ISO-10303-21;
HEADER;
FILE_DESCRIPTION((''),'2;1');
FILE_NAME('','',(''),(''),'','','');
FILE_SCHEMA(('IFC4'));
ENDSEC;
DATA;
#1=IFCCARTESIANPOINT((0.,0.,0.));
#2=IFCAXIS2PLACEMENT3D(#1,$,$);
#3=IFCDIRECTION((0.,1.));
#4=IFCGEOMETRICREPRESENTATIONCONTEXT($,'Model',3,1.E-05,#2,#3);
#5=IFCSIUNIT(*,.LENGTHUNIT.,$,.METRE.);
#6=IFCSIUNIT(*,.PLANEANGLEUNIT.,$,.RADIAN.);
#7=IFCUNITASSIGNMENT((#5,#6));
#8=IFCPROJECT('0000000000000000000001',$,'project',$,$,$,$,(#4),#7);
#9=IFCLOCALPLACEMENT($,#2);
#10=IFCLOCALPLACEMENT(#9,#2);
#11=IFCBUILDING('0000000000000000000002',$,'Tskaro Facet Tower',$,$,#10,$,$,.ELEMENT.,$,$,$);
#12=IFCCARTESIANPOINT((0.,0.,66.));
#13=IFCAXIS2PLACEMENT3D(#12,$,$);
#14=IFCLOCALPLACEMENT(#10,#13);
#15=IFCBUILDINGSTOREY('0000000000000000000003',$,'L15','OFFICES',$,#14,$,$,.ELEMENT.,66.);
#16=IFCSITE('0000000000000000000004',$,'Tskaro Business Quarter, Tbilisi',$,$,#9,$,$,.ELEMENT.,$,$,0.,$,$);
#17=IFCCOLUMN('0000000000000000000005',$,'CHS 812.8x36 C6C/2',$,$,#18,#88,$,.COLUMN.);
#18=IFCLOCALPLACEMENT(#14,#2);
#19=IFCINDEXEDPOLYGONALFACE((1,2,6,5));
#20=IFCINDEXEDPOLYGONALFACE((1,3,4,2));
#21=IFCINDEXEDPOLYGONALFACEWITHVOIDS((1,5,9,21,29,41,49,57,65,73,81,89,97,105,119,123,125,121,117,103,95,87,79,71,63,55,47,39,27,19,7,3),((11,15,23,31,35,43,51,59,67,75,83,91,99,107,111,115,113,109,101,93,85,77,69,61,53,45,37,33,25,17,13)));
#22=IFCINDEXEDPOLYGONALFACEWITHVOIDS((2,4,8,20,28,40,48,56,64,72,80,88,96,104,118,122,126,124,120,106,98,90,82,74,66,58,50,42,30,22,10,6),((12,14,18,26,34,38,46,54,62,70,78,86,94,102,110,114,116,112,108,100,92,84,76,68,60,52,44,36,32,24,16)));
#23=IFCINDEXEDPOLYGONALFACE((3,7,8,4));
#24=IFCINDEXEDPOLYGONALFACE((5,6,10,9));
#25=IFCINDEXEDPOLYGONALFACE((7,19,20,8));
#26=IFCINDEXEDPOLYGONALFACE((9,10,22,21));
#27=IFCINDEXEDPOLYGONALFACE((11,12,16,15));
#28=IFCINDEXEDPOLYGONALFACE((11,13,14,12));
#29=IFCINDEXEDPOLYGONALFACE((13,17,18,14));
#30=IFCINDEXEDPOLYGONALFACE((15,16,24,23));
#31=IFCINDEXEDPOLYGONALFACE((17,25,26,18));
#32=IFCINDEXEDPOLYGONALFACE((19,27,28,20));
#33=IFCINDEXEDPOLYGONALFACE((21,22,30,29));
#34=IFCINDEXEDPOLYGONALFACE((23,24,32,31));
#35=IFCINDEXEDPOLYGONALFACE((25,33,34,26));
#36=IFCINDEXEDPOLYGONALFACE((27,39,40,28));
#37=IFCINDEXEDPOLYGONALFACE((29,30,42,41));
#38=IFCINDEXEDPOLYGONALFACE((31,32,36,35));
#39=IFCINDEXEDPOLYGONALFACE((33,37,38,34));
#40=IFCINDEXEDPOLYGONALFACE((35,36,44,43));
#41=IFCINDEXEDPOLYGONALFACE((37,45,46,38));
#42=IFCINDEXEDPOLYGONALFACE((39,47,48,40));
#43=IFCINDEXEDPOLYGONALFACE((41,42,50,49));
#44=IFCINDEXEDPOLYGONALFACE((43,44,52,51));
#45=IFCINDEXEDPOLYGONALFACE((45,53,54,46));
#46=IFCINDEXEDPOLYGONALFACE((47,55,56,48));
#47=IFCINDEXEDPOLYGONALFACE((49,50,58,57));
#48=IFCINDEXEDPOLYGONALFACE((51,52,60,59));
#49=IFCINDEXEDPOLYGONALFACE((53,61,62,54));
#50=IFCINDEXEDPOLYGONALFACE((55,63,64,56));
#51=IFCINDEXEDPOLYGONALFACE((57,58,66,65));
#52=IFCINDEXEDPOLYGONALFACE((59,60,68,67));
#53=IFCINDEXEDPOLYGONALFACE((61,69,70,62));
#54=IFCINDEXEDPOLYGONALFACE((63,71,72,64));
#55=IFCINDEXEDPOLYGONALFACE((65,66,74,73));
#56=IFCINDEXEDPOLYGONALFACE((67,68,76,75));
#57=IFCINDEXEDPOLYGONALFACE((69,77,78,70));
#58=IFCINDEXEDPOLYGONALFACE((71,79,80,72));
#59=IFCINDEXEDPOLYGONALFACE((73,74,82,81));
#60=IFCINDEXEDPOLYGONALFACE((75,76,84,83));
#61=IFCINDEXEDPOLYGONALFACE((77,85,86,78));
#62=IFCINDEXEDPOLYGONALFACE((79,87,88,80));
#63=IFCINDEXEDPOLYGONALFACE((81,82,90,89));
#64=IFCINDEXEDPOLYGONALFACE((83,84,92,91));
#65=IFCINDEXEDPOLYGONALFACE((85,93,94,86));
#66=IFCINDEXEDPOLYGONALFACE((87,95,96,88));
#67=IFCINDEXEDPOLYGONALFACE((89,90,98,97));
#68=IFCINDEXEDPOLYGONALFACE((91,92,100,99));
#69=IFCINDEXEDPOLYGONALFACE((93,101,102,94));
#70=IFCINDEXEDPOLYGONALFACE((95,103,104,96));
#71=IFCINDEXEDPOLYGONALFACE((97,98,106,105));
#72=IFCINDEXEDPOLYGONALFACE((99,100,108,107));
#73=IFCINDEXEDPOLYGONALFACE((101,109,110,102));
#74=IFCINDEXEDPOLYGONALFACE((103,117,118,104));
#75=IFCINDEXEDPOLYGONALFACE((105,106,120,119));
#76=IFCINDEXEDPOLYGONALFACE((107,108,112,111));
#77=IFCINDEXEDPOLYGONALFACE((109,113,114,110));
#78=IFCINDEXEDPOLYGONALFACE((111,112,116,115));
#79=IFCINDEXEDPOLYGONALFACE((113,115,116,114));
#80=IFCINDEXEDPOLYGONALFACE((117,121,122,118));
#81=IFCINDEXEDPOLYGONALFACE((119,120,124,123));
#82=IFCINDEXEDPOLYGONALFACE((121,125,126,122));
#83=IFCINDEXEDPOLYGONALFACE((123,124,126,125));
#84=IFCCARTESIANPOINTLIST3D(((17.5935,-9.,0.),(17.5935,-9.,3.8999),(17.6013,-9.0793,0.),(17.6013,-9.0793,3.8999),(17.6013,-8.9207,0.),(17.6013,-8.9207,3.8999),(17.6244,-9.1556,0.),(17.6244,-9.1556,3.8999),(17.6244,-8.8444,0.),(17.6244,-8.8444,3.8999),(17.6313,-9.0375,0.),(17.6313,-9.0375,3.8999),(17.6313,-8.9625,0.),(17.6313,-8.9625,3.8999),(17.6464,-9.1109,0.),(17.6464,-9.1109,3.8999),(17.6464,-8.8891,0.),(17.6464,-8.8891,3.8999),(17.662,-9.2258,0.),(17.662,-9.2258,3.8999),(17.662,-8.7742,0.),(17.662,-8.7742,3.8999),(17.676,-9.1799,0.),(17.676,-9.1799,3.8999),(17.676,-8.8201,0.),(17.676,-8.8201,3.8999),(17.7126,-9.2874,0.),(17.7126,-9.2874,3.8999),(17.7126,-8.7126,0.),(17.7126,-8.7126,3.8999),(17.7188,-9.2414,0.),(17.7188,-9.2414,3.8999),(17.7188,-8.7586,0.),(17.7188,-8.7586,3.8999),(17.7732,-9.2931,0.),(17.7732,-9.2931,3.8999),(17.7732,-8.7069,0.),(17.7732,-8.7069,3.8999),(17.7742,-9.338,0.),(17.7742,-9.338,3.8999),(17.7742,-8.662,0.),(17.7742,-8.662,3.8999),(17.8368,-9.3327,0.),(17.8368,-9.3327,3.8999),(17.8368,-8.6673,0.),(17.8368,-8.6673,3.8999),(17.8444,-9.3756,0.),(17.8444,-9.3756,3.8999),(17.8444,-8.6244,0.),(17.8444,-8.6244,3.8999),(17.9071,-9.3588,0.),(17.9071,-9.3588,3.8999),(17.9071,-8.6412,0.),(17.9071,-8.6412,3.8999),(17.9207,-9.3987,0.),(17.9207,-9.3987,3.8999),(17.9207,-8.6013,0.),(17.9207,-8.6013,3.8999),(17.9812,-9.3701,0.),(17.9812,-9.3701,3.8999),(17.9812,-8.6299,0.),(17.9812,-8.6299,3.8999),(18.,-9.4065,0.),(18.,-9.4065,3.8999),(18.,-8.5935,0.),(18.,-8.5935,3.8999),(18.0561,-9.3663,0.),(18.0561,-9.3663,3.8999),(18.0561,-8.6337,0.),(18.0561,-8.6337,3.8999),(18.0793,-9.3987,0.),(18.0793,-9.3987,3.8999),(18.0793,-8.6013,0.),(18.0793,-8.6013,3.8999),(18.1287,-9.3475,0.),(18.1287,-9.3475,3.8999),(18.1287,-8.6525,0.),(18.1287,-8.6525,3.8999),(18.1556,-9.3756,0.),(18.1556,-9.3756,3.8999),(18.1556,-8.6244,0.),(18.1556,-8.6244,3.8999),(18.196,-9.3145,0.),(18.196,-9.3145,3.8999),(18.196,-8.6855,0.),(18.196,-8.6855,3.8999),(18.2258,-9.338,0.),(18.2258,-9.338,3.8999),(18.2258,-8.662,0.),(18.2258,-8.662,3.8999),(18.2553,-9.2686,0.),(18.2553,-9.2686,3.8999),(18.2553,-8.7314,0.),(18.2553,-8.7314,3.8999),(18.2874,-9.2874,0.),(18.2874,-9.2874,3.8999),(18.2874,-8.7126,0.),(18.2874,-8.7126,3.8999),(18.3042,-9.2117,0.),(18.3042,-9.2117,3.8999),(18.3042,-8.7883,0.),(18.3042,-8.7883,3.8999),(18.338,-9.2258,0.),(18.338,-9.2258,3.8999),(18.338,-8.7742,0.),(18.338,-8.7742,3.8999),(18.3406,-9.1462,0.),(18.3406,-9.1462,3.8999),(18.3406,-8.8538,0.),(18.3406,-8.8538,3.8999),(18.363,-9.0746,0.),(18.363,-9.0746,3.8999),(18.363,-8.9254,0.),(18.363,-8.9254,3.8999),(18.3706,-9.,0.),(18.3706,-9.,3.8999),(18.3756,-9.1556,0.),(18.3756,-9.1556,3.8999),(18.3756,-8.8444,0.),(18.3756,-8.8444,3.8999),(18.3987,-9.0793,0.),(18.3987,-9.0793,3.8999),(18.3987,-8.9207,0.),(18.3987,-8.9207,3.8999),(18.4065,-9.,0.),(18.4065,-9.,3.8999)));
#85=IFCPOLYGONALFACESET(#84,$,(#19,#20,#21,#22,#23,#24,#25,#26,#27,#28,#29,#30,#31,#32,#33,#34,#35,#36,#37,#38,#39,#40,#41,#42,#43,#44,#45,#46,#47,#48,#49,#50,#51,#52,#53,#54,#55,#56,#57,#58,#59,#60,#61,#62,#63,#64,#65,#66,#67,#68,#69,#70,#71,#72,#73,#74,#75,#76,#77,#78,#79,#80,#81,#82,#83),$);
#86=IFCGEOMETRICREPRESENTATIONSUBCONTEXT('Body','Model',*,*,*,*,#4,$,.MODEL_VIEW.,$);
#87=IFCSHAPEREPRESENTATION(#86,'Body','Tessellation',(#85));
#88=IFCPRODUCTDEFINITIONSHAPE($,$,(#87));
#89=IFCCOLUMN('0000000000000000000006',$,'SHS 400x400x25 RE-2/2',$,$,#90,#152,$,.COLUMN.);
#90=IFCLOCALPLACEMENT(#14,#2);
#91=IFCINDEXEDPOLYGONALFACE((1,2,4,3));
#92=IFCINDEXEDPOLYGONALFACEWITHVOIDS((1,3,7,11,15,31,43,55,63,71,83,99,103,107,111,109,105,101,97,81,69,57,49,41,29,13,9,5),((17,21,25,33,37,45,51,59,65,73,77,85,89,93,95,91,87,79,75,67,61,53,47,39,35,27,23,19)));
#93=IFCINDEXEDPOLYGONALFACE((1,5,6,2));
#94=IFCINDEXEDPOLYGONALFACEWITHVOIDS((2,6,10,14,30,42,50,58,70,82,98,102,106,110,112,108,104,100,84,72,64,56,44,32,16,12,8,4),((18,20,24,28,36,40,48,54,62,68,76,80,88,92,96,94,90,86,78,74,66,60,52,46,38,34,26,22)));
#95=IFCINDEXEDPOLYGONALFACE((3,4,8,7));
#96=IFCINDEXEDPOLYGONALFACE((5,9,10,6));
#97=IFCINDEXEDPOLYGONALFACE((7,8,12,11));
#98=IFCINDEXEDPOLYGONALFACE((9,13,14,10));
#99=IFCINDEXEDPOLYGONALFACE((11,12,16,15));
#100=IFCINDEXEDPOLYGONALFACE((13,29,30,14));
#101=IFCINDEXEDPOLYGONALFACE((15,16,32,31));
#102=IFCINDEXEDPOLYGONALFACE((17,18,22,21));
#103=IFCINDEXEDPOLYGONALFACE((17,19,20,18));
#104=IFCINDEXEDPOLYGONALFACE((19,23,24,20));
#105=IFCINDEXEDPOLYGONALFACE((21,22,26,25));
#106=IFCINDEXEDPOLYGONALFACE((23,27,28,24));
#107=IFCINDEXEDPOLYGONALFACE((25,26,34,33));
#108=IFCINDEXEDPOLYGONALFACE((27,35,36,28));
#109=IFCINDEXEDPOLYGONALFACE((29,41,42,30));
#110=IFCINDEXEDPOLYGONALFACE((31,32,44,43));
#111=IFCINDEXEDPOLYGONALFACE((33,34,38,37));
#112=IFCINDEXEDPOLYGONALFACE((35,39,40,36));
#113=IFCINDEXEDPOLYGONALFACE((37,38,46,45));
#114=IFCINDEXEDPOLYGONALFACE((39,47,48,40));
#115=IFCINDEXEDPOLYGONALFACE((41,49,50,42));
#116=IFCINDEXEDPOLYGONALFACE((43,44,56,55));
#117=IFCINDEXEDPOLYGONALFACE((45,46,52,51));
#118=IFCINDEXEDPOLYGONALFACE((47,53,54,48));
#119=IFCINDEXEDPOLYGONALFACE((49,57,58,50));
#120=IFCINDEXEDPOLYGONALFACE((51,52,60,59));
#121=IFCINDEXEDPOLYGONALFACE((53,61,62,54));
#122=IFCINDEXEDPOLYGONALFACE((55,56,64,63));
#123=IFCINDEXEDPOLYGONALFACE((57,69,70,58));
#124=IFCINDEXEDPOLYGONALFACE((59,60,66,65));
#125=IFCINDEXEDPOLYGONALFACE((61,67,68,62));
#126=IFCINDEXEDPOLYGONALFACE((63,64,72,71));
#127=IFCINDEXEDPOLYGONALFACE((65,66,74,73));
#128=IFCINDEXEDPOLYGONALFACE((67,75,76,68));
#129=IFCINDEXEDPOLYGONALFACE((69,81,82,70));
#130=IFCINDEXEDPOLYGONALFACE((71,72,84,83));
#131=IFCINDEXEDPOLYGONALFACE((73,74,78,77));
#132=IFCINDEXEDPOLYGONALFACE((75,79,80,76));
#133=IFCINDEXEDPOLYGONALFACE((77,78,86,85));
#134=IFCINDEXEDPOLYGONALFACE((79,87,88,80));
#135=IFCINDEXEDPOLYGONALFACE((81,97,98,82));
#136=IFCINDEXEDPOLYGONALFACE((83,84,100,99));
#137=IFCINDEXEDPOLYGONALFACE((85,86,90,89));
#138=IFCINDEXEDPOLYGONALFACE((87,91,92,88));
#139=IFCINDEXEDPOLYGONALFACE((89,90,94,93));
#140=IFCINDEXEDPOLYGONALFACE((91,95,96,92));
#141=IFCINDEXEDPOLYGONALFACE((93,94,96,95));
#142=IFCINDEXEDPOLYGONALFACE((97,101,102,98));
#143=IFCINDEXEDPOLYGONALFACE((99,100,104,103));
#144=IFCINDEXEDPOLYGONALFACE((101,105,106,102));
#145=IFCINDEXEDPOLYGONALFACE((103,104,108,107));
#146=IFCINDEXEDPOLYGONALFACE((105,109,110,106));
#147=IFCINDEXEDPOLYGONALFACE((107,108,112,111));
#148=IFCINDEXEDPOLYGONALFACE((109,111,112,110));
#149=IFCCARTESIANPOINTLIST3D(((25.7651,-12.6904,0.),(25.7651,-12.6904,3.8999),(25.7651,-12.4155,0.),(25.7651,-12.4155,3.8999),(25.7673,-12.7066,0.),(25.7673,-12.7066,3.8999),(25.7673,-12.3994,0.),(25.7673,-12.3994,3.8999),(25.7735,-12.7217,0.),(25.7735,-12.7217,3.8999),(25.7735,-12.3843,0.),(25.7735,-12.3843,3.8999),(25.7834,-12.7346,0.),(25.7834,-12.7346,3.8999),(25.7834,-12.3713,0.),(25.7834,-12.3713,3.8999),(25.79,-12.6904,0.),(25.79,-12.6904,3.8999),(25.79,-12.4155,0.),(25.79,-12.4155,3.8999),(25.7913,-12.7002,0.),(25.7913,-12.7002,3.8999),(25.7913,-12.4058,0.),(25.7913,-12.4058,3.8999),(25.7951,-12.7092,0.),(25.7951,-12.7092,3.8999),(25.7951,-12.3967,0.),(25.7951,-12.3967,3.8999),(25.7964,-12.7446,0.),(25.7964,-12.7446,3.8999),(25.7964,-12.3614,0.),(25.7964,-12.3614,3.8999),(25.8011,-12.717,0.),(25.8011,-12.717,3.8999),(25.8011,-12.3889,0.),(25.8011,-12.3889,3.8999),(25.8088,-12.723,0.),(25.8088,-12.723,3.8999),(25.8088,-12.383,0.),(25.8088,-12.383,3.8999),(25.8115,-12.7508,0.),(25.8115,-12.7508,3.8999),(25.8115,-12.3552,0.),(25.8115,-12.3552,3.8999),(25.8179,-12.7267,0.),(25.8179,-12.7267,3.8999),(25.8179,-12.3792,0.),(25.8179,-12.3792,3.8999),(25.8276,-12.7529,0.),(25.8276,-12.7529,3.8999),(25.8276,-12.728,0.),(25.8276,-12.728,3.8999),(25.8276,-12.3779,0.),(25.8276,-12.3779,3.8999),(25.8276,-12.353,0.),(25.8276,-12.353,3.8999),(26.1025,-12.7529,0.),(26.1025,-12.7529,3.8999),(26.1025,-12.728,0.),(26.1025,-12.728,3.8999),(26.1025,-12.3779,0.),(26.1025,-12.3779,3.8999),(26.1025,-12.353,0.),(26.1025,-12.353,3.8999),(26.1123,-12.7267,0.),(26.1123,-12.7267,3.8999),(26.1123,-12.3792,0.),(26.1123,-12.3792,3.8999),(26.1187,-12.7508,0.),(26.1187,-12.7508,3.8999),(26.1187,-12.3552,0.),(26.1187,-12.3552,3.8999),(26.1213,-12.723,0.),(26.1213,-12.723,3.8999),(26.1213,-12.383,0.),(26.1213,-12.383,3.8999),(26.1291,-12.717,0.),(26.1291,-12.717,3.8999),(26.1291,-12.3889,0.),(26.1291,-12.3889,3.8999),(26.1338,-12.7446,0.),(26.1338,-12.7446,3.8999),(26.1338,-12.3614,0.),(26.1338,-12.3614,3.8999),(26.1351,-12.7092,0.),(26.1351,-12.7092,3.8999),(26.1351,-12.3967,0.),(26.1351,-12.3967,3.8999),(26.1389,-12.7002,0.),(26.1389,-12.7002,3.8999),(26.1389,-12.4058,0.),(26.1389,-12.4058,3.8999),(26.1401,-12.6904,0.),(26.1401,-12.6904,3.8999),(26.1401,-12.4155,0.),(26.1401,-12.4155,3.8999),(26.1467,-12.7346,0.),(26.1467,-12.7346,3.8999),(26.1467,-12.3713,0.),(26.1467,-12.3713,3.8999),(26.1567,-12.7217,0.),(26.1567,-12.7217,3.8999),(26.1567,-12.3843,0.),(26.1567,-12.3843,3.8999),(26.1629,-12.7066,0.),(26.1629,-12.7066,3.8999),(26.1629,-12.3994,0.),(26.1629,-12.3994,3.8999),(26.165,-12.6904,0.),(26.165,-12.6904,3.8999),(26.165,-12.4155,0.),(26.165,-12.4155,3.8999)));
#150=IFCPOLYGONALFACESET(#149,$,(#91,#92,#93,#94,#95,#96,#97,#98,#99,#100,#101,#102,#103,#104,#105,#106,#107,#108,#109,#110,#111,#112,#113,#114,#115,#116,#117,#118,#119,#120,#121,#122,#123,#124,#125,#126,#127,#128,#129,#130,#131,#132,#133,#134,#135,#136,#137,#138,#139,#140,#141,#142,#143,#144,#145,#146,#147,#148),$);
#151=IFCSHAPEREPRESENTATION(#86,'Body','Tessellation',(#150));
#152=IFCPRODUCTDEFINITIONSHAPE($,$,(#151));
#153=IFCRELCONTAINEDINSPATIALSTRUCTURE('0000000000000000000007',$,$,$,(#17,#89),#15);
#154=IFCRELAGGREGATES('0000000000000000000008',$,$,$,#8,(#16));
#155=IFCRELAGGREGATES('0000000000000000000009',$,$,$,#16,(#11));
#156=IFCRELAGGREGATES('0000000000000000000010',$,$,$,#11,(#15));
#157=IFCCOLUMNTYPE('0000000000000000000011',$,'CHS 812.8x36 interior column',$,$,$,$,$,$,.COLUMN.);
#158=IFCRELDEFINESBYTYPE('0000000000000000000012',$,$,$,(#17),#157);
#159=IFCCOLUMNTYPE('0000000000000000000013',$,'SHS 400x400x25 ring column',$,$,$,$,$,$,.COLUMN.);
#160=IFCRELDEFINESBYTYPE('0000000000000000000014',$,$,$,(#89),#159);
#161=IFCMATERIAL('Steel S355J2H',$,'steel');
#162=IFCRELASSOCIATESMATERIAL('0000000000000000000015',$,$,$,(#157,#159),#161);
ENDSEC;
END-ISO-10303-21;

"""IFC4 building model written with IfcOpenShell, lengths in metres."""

from ifc_helpers import new_model, si_unit, direction, frame, origin, origin_2d, place, context, subcontext, project, spatial, hollow_rectangle, hollow_circle, extrude, material, material_profile, profile_set, type_object, element, save


model = new_model("IFC4")

# Units and contexts
model_context = context("Model", 3, precision=1e-05, world=origin(), true_north=direction((0.0, 1.0)))
body_context = subcontext(model_context, "Body", "Model", "MODEL_VIEW")
ifc_project = project(units=[si_unit("LENGTHUNIT", "METRE"), si_unit("PLANEANGLEUNIT", "RADIAN")], contexts=[model_context])

# Site, building, storey
site_placement = place(None, origin())
site = spatial("IfcSite", under=ifc_project, at=site_placement, Name="Tskaro Business Quarter, Tbilisi", CompositionType="ELEMENT", RefElevation=0.0)
building_placement = place(site_placement, origin())
building = spatial("IfcBuilding", under=site, at=building_placement, Name="Tskaro Facet Tower", CompositionType="ELEMENT")
storey_placement = place(building_placement, frame((0.0, 0.0, 66.0)))
storey = spatial("IfcBuildingStorey", under=building, at=storey_placement, Name="L15", Description="OFFICES", CompositionType="ELEMENT", Elevation=66.0)

# Columns
ifc_material_1 = material(Name="Steel S355J2H", Category="steel")
ifc_material_profile_1 = material_profile(ifc_material_1, hollow_circle(Radius=0.4065, WallThickness=0.0359, at=origin_2d()), Name="CHS 812.8x36")
ifc_profile_set_1 = profile_set([ifc_material_profile_1], Name="Steel S355J2H")
column_type_1 = type_object("IfcColumnType", Name="CHS 812.8x36 interior column", PredefinedType="COLUMN", material=ifc_profile_set_1)
column_placement = place(storey_placement, frame((18.0, -9.0, 0.0), z_axis=(0.0, 0.0, 1.0), x_axis=(1.0, 0.0, 0.0)))
element("IfcColumn", 1, at=column_placement, inside=storey, type_object=column_type_1, Name="CHS 812.8x36 C6C/2", PredefinedType="COLUMN", context=body_context, shape_type="SweptSolid", body=[
    extrude(hollow_circle(Radius=0.4065, WallThickness=0.0359, at=origin_2d()), origin(), (0.0, 0.0, 1.0), 3.8999),
])
ifc_material_profile_2 = material_profile(ifc_material_1, hollow_rectangle(XDim=0.3999, YDim=0.3999, WallThickness=0.0249, InnerFilletRadius=0.0376, OuterFilletRadius=0.0625, at=origin_2d()), Name="SHS 400x400x25")
ifc_profile_set_2 = profile_set([ifc_material_profile_2], Name="Steel S355J2H")
column_type_2 = type_object("IfcColumnType", Name="SHS 400x400x25 ring column", PredefinedType="COLUMN", material=ifc_profile_set_2)
for number, where, z_axis, x_axis, name in (
    (2, (25.9651, -12.553, 0.0), (0.0, 0.0, 1.0), (1.0, 0.0, 0.0), "SHS 400x400x25 RE-2/2"),
):
    element("IfcColumn", number, at=place(storey_placement, frame(where, z_axis=z_axis, x_axis=x_axis)), inside=storey, type_object=column_type_2, Name=name, PredefinedType="COLUMN", context=body_context, shape_type="SweptSolid", body=[
        extrude(hollow_rectangle(XDim=0.3999, YDim=0.3999, WallThickness=0.0249, InnerFilletRadius=0.0376, OuterFilletRadius=0.0625, at=origin_2d()), origin(), (0.0, 0.0, 1.0), 3.8999),
    ])

save(model, "model.ifc")
